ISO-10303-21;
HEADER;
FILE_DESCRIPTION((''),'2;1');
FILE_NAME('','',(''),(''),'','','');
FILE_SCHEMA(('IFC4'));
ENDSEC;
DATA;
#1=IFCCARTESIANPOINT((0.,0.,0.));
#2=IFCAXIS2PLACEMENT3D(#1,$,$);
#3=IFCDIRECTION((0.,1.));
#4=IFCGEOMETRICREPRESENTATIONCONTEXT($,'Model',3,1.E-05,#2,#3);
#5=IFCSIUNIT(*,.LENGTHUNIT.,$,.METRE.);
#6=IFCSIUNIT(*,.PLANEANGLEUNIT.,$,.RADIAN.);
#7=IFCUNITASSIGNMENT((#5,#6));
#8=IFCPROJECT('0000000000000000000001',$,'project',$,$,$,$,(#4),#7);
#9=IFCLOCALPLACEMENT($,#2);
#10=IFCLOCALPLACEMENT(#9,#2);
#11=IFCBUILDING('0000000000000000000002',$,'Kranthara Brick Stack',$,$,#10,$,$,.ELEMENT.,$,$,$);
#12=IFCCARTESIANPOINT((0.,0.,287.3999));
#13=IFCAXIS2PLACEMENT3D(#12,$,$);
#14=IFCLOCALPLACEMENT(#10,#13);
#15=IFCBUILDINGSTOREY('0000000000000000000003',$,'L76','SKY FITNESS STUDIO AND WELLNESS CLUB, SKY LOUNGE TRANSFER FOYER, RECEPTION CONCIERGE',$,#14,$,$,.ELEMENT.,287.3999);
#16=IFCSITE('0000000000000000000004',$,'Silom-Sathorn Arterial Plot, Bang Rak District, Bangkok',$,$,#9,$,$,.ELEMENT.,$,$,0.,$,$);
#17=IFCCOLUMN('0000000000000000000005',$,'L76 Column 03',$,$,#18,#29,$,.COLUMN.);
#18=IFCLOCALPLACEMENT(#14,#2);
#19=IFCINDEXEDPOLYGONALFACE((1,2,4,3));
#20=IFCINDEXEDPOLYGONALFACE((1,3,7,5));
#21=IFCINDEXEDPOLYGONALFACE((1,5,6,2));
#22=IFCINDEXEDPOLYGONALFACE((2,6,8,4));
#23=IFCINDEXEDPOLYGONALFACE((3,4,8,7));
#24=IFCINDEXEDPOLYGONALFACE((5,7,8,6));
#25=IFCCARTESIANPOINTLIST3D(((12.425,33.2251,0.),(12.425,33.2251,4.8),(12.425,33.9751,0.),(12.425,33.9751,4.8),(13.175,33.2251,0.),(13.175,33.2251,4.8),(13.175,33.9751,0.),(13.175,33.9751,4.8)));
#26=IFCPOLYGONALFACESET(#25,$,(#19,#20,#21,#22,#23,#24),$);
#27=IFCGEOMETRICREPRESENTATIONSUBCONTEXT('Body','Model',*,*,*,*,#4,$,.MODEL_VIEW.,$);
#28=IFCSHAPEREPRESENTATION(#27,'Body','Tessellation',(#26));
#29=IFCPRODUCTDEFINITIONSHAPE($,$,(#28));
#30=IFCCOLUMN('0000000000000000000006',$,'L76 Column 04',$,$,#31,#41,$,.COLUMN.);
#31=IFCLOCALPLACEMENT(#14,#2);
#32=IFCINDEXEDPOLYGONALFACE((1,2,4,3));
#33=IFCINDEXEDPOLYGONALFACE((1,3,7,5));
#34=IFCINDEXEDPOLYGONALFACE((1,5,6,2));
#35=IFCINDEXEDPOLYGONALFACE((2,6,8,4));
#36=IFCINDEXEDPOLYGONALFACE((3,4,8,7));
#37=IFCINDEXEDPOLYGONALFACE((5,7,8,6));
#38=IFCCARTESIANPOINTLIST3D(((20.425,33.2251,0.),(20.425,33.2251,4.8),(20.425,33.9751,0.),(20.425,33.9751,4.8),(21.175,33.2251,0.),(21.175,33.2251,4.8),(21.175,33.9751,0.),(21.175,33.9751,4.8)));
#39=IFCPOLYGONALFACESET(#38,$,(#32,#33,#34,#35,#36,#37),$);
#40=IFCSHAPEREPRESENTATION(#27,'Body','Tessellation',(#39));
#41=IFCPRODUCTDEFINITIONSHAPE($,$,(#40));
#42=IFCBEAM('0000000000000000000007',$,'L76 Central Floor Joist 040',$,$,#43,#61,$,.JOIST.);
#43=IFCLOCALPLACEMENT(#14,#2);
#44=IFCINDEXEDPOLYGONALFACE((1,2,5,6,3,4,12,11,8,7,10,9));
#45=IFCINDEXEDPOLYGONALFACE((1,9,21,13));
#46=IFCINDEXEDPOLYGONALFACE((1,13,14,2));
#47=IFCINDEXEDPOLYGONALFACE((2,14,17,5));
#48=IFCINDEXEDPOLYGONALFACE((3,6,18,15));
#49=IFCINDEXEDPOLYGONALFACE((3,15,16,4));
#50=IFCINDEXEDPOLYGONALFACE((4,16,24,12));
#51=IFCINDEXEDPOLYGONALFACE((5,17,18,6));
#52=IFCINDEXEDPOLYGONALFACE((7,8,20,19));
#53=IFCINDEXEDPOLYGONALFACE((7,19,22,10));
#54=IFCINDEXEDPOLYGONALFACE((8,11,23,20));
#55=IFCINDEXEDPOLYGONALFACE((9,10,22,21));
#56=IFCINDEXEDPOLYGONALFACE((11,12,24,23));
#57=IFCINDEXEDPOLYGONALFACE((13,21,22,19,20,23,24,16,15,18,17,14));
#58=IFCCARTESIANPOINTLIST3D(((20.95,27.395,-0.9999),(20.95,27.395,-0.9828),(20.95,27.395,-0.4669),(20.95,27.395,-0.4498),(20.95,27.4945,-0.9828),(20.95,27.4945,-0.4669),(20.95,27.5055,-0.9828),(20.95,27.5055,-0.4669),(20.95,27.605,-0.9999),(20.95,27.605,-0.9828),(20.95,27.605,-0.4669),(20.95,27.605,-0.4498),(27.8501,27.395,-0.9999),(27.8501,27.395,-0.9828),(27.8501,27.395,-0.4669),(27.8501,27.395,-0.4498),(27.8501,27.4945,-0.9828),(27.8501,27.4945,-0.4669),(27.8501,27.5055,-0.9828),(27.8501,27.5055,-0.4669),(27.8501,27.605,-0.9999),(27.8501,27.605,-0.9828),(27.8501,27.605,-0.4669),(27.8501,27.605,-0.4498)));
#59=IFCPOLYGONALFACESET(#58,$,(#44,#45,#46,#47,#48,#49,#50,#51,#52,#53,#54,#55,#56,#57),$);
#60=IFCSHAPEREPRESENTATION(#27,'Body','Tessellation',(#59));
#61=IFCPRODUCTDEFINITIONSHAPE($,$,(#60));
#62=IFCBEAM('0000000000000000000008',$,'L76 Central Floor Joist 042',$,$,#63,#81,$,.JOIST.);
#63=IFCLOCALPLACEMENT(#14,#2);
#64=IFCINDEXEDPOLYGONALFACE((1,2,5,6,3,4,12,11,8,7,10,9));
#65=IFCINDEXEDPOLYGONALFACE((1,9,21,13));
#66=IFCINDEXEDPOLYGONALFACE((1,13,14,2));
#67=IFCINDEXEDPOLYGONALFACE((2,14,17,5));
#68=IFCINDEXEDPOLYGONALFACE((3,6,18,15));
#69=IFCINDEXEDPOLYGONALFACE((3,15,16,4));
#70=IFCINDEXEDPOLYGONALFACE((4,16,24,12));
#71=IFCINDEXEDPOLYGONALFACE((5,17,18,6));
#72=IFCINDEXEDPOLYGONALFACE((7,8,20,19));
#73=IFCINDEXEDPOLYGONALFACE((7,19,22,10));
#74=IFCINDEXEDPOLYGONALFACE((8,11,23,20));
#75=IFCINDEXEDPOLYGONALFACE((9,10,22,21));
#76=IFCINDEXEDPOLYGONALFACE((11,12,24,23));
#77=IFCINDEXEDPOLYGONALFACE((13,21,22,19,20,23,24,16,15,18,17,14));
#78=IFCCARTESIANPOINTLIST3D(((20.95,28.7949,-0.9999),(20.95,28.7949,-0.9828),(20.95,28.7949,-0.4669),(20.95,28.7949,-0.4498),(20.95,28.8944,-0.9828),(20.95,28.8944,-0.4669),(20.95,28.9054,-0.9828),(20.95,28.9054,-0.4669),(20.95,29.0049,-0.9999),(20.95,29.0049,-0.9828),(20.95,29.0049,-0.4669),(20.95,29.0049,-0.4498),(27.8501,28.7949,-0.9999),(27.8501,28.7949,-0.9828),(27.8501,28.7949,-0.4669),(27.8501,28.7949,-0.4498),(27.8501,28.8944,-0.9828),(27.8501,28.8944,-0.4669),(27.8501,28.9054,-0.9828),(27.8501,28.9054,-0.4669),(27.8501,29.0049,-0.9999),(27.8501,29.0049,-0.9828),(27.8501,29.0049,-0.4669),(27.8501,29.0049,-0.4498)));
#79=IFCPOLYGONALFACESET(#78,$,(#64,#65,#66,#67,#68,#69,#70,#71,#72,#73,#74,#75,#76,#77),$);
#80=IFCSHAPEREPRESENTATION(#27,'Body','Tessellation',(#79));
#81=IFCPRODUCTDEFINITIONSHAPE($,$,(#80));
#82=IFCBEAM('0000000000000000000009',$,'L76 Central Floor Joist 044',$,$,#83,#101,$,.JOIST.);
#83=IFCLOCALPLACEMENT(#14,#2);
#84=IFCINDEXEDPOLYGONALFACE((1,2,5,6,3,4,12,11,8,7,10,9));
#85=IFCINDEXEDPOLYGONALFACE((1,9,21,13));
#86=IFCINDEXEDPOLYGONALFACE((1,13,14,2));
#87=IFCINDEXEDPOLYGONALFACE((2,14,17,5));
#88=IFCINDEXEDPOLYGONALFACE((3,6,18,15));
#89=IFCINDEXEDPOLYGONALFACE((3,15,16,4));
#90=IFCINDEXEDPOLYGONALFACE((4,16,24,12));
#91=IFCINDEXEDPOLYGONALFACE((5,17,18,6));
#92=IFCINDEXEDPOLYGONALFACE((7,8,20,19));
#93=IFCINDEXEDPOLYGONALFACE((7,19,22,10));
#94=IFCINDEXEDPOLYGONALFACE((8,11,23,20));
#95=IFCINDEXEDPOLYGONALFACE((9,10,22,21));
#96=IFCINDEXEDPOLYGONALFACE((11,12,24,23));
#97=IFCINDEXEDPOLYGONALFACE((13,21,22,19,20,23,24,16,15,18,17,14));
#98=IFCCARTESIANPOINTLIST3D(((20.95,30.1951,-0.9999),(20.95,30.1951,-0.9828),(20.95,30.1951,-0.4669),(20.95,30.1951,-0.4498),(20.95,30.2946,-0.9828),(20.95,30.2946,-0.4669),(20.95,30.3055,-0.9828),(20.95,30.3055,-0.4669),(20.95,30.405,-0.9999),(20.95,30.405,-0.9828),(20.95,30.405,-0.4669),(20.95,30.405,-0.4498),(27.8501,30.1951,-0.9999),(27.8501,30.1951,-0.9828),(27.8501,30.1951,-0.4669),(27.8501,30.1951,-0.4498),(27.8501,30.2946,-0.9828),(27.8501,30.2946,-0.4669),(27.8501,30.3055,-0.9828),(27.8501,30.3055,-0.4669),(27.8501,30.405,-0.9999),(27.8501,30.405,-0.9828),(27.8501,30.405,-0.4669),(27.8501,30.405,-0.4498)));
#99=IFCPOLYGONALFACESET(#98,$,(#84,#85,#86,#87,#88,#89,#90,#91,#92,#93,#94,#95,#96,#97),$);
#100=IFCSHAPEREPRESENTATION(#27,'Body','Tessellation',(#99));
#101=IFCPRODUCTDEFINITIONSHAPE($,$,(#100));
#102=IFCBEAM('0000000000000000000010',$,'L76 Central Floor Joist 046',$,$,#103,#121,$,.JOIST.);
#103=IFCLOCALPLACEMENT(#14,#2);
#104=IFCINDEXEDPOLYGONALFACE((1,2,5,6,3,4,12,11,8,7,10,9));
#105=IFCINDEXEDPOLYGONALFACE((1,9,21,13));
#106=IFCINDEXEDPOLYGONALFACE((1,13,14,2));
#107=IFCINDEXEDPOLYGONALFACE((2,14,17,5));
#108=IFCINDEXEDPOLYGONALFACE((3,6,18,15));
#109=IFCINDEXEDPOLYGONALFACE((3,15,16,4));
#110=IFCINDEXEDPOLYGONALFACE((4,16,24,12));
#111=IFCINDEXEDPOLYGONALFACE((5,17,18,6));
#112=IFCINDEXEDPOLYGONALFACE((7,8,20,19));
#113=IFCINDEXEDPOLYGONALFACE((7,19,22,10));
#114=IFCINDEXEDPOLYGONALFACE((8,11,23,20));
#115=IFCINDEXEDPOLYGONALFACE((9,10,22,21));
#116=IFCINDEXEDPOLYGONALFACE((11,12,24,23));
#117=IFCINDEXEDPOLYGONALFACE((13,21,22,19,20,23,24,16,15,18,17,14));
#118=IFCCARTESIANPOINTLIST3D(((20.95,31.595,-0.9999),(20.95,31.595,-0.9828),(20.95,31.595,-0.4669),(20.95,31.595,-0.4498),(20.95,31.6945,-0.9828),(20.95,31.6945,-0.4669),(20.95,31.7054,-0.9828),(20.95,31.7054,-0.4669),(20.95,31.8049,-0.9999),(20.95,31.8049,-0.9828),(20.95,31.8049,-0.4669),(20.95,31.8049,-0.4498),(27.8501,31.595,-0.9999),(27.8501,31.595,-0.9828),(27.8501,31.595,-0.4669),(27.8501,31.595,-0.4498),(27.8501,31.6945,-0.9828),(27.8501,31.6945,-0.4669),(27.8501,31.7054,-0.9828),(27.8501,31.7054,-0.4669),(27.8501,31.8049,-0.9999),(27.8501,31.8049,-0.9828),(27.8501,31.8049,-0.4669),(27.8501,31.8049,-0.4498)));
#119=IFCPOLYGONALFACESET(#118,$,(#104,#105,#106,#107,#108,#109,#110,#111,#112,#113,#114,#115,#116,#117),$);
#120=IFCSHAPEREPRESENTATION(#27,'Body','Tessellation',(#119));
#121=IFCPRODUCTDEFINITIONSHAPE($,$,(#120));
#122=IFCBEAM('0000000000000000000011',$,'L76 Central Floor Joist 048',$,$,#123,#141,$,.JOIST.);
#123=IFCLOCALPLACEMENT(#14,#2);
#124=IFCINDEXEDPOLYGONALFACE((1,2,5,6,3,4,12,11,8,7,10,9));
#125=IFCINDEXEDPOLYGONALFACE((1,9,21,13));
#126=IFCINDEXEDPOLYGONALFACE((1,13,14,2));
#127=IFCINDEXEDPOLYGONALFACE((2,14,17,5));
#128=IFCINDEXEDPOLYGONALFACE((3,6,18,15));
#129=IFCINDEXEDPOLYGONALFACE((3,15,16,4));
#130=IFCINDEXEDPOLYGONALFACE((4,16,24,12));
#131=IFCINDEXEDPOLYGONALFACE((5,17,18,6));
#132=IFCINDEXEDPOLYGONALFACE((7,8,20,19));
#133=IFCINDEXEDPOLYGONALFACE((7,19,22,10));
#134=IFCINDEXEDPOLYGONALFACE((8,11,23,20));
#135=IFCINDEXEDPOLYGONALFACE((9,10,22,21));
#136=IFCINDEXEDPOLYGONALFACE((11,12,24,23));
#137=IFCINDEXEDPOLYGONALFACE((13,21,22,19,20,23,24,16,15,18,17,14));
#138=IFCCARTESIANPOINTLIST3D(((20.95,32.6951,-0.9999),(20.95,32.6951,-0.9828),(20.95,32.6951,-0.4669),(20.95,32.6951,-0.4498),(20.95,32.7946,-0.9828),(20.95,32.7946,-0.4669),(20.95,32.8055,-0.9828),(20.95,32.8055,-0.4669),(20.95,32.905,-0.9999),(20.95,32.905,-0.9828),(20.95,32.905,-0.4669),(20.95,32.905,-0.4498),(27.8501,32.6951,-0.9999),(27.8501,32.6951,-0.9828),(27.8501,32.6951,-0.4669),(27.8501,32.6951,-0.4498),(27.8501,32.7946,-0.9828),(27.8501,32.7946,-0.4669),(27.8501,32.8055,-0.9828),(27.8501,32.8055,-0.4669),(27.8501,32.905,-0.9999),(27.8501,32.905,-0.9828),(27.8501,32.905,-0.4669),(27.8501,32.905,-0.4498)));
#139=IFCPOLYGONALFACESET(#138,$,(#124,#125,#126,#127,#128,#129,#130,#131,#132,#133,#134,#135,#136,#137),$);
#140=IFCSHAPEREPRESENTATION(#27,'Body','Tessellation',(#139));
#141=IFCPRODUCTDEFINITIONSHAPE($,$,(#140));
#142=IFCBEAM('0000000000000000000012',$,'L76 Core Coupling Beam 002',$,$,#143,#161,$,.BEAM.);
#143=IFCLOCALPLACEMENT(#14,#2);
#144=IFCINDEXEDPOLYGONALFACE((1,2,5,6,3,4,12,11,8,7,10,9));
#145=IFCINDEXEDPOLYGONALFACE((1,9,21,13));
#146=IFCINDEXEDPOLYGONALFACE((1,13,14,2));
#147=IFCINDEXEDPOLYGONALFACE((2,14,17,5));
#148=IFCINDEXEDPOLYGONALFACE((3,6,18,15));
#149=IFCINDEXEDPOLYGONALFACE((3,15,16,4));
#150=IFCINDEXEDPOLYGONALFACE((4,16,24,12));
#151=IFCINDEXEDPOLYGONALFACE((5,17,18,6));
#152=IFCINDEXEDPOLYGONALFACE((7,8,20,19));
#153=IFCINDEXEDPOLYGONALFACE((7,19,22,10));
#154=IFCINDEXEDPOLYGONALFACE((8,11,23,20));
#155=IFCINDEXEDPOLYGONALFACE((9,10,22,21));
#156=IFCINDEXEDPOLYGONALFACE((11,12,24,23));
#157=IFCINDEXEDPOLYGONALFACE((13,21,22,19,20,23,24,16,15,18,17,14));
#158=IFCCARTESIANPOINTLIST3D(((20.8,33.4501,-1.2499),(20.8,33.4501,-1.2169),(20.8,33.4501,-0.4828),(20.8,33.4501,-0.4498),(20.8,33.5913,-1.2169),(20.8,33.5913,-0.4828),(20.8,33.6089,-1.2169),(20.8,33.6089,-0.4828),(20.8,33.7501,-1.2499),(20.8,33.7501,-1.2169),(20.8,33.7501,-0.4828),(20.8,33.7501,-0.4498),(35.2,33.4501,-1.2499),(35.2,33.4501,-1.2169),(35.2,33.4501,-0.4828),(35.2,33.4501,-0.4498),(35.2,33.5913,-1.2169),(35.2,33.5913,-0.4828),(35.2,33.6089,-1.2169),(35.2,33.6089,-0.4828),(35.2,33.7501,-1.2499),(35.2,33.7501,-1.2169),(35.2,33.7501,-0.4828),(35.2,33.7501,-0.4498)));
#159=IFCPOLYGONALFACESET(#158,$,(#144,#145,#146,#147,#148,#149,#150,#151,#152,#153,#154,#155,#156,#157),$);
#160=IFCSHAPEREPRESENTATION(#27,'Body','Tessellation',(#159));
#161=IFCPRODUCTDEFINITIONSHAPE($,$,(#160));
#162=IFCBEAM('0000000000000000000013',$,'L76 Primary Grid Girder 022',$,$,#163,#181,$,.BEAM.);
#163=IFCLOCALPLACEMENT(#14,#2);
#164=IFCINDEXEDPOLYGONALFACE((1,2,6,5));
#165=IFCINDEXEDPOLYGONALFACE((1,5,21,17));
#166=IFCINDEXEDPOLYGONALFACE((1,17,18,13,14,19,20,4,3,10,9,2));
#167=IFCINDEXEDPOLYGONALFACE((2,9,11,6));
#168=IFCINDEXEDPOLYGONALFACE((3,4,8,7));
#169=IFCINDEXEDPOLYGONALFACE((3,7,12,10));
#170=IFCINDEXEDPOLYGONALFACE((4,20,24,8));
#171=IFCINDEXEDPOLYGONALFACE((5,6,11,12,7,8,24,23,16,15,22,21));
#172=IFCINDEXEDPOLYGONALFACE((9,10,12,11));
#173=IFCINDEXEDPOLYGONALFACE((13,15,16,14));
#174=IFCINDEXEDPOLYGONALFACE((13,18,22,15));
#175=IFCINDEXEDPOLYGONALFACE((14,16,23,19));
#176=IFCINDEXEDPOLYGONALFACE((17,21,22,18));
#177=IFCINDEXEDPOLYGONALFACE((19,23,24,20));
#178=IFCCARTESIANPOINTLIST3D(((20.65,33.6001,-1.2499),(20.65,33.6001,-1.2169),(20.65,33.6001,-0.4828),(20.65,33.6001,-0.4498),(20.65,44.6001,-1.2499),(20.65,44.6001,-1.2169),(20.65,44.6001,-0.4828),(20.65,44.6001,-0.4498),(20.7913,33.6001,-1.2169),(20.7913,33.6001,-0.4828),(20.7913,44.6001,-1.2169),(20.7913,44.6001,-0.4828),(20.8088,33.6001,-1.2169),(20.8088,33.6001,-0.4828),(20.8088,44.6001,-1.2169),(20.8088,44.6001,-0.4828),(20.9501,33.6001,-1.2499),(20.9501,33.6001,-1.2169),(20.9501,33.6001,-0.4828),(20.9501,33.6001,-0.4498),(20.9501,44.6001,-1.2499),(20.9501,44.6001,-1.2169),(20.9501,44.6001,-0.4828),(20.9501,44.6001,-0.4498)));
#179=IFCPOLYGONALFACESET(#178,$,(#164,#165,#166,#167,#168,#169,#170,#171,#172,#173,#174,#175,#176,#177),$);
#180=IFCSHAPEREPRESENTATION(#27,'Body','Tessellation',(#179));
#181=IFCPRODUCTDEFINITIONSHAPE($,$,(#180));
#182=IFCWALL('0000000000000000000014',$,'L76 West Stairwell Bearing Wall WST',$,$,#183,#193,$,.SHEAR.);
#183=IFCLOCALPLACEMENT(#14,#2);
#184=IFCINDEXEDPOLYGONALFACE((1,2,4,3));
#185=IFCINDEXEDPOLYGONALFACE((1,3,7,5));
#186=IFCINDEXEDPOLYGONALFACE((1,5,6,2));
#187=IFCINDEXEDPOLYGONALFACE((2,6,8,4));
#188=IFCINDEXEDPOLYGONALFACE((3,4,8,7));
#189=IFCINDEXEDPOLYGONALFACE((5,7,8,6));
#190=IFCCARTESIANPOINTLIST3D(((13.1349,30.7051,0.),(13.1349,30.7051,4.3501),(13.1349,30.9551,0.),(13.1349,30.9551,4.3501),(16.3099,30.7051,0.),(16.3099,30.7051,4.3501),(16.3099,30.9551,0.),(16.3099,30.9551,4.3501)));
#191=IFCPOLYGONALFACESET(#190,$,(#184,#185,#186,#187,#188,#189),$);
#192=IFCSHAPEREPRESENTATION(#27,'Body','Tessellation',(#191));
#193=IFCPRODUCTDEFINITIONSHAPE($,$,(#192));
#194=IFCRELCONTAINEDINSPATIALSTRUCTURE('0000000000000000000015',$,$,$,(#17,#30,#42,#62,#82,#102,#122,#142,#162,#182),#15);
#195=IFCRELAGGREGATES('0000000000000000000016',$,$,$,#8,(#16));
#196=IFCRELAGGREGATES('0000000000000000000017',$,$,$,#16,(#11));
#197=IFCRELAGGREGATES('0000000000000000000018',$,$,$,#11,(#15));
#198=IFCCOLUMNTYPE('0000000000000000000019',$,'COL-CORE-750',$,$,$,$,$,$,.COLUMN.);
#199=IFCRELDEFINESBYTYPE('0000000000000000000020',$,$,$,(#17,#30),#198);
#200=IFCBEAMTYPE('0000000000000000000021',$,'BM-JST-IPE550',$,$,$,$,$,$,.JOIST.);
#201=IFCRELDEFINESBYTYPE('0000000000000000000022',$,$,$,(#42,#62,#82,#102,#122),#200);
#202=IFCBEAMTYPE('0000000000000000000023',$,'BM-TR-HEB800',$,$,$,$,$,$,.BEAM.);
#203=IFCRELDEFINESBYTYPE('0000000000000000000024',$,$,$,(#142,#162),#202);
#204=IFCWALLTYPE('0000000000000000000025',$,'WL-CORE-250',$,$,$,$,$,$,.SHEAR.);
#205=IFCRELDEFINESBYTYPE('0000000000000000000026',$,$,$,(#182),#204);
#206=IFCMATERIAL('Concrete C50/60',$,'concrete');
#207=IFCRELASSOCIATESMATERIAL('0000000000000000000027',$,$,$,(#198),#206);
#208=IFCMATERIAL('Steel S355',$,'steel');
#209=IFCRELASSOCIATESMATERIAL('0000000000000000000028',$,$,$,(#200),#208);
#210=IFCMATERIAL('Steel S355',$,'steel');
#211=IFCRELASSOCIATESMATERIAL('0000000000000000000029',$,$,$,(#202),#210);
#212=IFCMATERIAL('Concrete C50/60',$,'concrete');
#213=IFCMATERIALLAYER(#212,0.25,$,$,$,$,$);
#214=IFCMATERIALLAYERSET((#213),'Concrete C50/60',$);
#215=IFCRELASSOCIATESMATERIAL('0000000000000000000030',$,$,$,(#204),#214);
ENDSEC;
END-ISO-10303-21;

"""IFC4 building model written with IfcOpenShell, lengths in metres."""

from ifc_helpers import new_model, si_unit, direction, frame, frame_2d, origin, origin_2d, place, context, subcontext, project, spatial, rectangle, i_section, extrude, material, layer, layer_set, material_profile, profile_set, type_object, element, save


model = new_model("IFC4")

# Units and contexts
model_context = context("Model", 3, precision=1e-05, world=origin(), true_north=direction((0.0, 1.0)))
body_context = subcontext(model_context, "Body", "Model", "MODEL_VIEW")
ifc_project = project(units=[si_unit("LENGTHUNIT", "METRE"), si_unit("PLANEANGLEUNIT", "RADIAN")], contexts=[model_context])

# Site, building, storey
site_placement = place(None, origin())
site = spatial("IfcSite", under=ifc_project, at=site_placement, Name="Silom-Sathorn Arterial Plot, Bang Rak District, Bangkok", CompositionType="ELEMENT", RefElevation=0.0)
building_placement = place(site_placement, origin())
building = spatial("IfcBuilding", under=site, at=building_placement, Name="Kranthara Brick Stack", CompositionType="ELEMENT")
storey_placement = place(building_placement, frame((0.0, 0.0, 287.3999)))
storey = spatial("IfcBuildingStorey", under=building, at=storey_placement, Name="L76", Description="SKY FITNESS STUDIO AND WELLNESS CLUB, SKY LOUNGE TRANSFER FOYER, RECEPTION CONCIERGE", CompositionType="ELEMENT", Elevation=287.3999)

# Columns
ifc_material_1 = material(Name="Concrete C50/60", Category="concrete")
ifc_material_profile_1 = material_profile(ifc_material_1, rectangle(XDim=0.75, YDim=0.75, at=origin_2d()), Name="RC 750x750")
ifc_profile_set_1 = profile_set([ifc_material_profile_1], Name="Concrete C50/60")
column_type = type_object("IfcColumnType", Name="COL-CORE-750", PredefinedType="COLUMN", material=ifc_profile_set_1)
for number, where, z_axis, x_axis, name in (
    (1, (12.8, 33.6001, 0.0), (0.0, 0.0, 1.0), (1.0, 0.0, 0.0), "L76 Column 03"),
    (2, (20.8, 33.6001, 0.0), (0.0, 0.0, 1.0), (1.0, 0.0, 0.0), "L76 Column 04"),
):
    element("IfcColumn", number, at=place(storey_placement, frame(where, z_axis=z_axis, x_axis=x_axis)), inside=storey, type_object=column_type, Name=name, PredefinedType="COLUMN", context=body_context, shape_type="SweptSolid", body=[
        extrude(rectangle(XDim=0.75, YDim=0.75, at=origin_2d()), origin(), (0.0, 0.0, 1.0), 4.8),
    ])

# Beams
ifc_material_2 = material(Name="Steel S355", Category="steel")
ifc_material_profile_2 = material_profile(ifc_material_2, i_section(OverallWidth=0.21, OverallDepth=0.55, WebThickness=0.011, FlangeThickness=0.0171, at=origin_2d()), Name="IPE 550")
ifc_profile_set_2 = profile_set([ifc_material_profile_2], Name="Steel S355")
beam_type_1 = type_object("IfcBeamType", Name="BM-JST-IPE550", PredefinedType="JOIST", material=ifc_profile_set_2)
for number, where, z_axis, x_axis, name in (
    (3, (20.95, 27.5, -0.7249), (1.0, 0.0, 0.0), (0.0, 1.0, 0.0), "L76 Central Floor Joist 040"),
    (4, (20.95, 28.8999, -0.7249), (1.0, 0.0, 0.0), (0.0, 1.0, 0.0), "L76 Central Floor Joist 042"),
    (5, (20.95, 30.3, -0.7249), (1.0, 0.0, 0.0), (0.0, 1.0, 0.0), "L76 Central Floor Joist 044"),
    (6, (20.95, 31.7, -0.7249), (1.0, 0.0, 0.0), (0.0, 1.0, 0.0), "L76 Central Floor Joist 046"),
    (7, (20.95, 32.8, -0.7249), (1.0, 0.0, 0.0), (0.0, 1.0, 0.0), "L76 Central Floor Joist 048"),
):
    element("IfcBeam", number, at=place(storey_placement, frame(where, z_axis=z_axis, x_axis=x_axis)), inside=storey, type_object=beam_type_1, Name=name, PredefinedType="JOIST", context=body_context, shape_type="SweptSolid", body=[
        extrude(i_section(OverallWidth=0.21, OverallDepth=0.55, WebThickness=0.011, FlangeThickness=0.0171, at=origin_2d()), origin(), (0.0, 0.0, 1.0), 6.9001),
    ])
ifc_material_3 = material(Name="Steel S355", Category="steel")
ifc_material_profile_3 = material_profile(ifc_material_3, i_section(OverallWidth=0.3, OverallDepth=0.8, WebThickness=0.0176, FlangeThickness=0.033, at=origin_2d()), Name="HEB 800")
ifc_profile_set_3 = profile_set([ifc_material_profile_3], Name="Steel S355")
beam_type_2 = type_object("IfcBeamType", Name="BM-TR-HEB800", PredefinedType="BEAM", material=ifc_profile_set_3)
beam_1_placement = place(storey_placement, frame((20.8, 33.6001, -0.8499), z_axis=(1.0, 0.0, 0.0), x_axis=(0.0, 1.0, 0.0)))
element("IfcBeam", 8, at=beam_1_placement, inside=storey, type_object=beam_type_2, Name="L76 Core Coupling Beam 002", PredefinedType="BEAM", context=body_context, shape_type="SweptSolid", body=[
    extrude(i_section(OverallWidth=0.3, OverallDepth=0.8, WebThickness=0.0176, FlangeThickness=0.033, at=origin_2d()), origin(), (0.0, 0.0, 1.0), 14.3999),
])
beam_2_placement = place(storey_placement, frame((20.8, 33.6001, -0.8499), z_axis=(0.0, 1.0, 0.0), x_axis=(-1.0, 0.0, 0.0)))
element("IfcBeam", 9, at=beam_2_placement, inside=storey, type_object=beam_type_2, Name="L76 Primary Grid Girder 022", PredefinedType="BEAM", context=body_context, shape_type="SweptSolid", body=[
    extrude(i_section(OverallWidth=0.3, OverallDepth=0.8, WebThickness=0.0176, FlangeThickness=0.033, at=origin_2d()), origin(), (0.0, 0.0, 1.0), 11.0),
])

# Wall
ifc_material_4 = material(Name="Concrete C50/60", Category="concrete")
ifc_layer_1 = layer(ifc_material_4, 0.25)
ifc_layer_set_1 = layer_set([ifc_layer_1], Name="Concrete C50/60")
wall_type_1 = type_object("IfcWallType", Name="WL-CORE-250", PredefinedType="SHEAR", material=ifc_layer_set_1)
wall_1_placement = place(storey_placement, frame((13.135, 30.8301, 0.0), z_axis=(0.0, 0.0, 1.0), x_axis=(1.0, 0.0, 0.0)))
element("IfcWall", 10, at=wall_1_placement, inside=storey, type_object=wall_type_1, Name="L76 West Stairwell Bearing Wall WST", PredefinedType="SHEAR", context=body_context, shape_type="SweptSolid", body=[
    extrude(rectangle(XDim=3.175, YDim=0.25, at=frame_2d((1.5874, 0.0))), origin(), (0.0, 0.0, 1.0), 4.3501),
])

save(model, "model.ifc")
